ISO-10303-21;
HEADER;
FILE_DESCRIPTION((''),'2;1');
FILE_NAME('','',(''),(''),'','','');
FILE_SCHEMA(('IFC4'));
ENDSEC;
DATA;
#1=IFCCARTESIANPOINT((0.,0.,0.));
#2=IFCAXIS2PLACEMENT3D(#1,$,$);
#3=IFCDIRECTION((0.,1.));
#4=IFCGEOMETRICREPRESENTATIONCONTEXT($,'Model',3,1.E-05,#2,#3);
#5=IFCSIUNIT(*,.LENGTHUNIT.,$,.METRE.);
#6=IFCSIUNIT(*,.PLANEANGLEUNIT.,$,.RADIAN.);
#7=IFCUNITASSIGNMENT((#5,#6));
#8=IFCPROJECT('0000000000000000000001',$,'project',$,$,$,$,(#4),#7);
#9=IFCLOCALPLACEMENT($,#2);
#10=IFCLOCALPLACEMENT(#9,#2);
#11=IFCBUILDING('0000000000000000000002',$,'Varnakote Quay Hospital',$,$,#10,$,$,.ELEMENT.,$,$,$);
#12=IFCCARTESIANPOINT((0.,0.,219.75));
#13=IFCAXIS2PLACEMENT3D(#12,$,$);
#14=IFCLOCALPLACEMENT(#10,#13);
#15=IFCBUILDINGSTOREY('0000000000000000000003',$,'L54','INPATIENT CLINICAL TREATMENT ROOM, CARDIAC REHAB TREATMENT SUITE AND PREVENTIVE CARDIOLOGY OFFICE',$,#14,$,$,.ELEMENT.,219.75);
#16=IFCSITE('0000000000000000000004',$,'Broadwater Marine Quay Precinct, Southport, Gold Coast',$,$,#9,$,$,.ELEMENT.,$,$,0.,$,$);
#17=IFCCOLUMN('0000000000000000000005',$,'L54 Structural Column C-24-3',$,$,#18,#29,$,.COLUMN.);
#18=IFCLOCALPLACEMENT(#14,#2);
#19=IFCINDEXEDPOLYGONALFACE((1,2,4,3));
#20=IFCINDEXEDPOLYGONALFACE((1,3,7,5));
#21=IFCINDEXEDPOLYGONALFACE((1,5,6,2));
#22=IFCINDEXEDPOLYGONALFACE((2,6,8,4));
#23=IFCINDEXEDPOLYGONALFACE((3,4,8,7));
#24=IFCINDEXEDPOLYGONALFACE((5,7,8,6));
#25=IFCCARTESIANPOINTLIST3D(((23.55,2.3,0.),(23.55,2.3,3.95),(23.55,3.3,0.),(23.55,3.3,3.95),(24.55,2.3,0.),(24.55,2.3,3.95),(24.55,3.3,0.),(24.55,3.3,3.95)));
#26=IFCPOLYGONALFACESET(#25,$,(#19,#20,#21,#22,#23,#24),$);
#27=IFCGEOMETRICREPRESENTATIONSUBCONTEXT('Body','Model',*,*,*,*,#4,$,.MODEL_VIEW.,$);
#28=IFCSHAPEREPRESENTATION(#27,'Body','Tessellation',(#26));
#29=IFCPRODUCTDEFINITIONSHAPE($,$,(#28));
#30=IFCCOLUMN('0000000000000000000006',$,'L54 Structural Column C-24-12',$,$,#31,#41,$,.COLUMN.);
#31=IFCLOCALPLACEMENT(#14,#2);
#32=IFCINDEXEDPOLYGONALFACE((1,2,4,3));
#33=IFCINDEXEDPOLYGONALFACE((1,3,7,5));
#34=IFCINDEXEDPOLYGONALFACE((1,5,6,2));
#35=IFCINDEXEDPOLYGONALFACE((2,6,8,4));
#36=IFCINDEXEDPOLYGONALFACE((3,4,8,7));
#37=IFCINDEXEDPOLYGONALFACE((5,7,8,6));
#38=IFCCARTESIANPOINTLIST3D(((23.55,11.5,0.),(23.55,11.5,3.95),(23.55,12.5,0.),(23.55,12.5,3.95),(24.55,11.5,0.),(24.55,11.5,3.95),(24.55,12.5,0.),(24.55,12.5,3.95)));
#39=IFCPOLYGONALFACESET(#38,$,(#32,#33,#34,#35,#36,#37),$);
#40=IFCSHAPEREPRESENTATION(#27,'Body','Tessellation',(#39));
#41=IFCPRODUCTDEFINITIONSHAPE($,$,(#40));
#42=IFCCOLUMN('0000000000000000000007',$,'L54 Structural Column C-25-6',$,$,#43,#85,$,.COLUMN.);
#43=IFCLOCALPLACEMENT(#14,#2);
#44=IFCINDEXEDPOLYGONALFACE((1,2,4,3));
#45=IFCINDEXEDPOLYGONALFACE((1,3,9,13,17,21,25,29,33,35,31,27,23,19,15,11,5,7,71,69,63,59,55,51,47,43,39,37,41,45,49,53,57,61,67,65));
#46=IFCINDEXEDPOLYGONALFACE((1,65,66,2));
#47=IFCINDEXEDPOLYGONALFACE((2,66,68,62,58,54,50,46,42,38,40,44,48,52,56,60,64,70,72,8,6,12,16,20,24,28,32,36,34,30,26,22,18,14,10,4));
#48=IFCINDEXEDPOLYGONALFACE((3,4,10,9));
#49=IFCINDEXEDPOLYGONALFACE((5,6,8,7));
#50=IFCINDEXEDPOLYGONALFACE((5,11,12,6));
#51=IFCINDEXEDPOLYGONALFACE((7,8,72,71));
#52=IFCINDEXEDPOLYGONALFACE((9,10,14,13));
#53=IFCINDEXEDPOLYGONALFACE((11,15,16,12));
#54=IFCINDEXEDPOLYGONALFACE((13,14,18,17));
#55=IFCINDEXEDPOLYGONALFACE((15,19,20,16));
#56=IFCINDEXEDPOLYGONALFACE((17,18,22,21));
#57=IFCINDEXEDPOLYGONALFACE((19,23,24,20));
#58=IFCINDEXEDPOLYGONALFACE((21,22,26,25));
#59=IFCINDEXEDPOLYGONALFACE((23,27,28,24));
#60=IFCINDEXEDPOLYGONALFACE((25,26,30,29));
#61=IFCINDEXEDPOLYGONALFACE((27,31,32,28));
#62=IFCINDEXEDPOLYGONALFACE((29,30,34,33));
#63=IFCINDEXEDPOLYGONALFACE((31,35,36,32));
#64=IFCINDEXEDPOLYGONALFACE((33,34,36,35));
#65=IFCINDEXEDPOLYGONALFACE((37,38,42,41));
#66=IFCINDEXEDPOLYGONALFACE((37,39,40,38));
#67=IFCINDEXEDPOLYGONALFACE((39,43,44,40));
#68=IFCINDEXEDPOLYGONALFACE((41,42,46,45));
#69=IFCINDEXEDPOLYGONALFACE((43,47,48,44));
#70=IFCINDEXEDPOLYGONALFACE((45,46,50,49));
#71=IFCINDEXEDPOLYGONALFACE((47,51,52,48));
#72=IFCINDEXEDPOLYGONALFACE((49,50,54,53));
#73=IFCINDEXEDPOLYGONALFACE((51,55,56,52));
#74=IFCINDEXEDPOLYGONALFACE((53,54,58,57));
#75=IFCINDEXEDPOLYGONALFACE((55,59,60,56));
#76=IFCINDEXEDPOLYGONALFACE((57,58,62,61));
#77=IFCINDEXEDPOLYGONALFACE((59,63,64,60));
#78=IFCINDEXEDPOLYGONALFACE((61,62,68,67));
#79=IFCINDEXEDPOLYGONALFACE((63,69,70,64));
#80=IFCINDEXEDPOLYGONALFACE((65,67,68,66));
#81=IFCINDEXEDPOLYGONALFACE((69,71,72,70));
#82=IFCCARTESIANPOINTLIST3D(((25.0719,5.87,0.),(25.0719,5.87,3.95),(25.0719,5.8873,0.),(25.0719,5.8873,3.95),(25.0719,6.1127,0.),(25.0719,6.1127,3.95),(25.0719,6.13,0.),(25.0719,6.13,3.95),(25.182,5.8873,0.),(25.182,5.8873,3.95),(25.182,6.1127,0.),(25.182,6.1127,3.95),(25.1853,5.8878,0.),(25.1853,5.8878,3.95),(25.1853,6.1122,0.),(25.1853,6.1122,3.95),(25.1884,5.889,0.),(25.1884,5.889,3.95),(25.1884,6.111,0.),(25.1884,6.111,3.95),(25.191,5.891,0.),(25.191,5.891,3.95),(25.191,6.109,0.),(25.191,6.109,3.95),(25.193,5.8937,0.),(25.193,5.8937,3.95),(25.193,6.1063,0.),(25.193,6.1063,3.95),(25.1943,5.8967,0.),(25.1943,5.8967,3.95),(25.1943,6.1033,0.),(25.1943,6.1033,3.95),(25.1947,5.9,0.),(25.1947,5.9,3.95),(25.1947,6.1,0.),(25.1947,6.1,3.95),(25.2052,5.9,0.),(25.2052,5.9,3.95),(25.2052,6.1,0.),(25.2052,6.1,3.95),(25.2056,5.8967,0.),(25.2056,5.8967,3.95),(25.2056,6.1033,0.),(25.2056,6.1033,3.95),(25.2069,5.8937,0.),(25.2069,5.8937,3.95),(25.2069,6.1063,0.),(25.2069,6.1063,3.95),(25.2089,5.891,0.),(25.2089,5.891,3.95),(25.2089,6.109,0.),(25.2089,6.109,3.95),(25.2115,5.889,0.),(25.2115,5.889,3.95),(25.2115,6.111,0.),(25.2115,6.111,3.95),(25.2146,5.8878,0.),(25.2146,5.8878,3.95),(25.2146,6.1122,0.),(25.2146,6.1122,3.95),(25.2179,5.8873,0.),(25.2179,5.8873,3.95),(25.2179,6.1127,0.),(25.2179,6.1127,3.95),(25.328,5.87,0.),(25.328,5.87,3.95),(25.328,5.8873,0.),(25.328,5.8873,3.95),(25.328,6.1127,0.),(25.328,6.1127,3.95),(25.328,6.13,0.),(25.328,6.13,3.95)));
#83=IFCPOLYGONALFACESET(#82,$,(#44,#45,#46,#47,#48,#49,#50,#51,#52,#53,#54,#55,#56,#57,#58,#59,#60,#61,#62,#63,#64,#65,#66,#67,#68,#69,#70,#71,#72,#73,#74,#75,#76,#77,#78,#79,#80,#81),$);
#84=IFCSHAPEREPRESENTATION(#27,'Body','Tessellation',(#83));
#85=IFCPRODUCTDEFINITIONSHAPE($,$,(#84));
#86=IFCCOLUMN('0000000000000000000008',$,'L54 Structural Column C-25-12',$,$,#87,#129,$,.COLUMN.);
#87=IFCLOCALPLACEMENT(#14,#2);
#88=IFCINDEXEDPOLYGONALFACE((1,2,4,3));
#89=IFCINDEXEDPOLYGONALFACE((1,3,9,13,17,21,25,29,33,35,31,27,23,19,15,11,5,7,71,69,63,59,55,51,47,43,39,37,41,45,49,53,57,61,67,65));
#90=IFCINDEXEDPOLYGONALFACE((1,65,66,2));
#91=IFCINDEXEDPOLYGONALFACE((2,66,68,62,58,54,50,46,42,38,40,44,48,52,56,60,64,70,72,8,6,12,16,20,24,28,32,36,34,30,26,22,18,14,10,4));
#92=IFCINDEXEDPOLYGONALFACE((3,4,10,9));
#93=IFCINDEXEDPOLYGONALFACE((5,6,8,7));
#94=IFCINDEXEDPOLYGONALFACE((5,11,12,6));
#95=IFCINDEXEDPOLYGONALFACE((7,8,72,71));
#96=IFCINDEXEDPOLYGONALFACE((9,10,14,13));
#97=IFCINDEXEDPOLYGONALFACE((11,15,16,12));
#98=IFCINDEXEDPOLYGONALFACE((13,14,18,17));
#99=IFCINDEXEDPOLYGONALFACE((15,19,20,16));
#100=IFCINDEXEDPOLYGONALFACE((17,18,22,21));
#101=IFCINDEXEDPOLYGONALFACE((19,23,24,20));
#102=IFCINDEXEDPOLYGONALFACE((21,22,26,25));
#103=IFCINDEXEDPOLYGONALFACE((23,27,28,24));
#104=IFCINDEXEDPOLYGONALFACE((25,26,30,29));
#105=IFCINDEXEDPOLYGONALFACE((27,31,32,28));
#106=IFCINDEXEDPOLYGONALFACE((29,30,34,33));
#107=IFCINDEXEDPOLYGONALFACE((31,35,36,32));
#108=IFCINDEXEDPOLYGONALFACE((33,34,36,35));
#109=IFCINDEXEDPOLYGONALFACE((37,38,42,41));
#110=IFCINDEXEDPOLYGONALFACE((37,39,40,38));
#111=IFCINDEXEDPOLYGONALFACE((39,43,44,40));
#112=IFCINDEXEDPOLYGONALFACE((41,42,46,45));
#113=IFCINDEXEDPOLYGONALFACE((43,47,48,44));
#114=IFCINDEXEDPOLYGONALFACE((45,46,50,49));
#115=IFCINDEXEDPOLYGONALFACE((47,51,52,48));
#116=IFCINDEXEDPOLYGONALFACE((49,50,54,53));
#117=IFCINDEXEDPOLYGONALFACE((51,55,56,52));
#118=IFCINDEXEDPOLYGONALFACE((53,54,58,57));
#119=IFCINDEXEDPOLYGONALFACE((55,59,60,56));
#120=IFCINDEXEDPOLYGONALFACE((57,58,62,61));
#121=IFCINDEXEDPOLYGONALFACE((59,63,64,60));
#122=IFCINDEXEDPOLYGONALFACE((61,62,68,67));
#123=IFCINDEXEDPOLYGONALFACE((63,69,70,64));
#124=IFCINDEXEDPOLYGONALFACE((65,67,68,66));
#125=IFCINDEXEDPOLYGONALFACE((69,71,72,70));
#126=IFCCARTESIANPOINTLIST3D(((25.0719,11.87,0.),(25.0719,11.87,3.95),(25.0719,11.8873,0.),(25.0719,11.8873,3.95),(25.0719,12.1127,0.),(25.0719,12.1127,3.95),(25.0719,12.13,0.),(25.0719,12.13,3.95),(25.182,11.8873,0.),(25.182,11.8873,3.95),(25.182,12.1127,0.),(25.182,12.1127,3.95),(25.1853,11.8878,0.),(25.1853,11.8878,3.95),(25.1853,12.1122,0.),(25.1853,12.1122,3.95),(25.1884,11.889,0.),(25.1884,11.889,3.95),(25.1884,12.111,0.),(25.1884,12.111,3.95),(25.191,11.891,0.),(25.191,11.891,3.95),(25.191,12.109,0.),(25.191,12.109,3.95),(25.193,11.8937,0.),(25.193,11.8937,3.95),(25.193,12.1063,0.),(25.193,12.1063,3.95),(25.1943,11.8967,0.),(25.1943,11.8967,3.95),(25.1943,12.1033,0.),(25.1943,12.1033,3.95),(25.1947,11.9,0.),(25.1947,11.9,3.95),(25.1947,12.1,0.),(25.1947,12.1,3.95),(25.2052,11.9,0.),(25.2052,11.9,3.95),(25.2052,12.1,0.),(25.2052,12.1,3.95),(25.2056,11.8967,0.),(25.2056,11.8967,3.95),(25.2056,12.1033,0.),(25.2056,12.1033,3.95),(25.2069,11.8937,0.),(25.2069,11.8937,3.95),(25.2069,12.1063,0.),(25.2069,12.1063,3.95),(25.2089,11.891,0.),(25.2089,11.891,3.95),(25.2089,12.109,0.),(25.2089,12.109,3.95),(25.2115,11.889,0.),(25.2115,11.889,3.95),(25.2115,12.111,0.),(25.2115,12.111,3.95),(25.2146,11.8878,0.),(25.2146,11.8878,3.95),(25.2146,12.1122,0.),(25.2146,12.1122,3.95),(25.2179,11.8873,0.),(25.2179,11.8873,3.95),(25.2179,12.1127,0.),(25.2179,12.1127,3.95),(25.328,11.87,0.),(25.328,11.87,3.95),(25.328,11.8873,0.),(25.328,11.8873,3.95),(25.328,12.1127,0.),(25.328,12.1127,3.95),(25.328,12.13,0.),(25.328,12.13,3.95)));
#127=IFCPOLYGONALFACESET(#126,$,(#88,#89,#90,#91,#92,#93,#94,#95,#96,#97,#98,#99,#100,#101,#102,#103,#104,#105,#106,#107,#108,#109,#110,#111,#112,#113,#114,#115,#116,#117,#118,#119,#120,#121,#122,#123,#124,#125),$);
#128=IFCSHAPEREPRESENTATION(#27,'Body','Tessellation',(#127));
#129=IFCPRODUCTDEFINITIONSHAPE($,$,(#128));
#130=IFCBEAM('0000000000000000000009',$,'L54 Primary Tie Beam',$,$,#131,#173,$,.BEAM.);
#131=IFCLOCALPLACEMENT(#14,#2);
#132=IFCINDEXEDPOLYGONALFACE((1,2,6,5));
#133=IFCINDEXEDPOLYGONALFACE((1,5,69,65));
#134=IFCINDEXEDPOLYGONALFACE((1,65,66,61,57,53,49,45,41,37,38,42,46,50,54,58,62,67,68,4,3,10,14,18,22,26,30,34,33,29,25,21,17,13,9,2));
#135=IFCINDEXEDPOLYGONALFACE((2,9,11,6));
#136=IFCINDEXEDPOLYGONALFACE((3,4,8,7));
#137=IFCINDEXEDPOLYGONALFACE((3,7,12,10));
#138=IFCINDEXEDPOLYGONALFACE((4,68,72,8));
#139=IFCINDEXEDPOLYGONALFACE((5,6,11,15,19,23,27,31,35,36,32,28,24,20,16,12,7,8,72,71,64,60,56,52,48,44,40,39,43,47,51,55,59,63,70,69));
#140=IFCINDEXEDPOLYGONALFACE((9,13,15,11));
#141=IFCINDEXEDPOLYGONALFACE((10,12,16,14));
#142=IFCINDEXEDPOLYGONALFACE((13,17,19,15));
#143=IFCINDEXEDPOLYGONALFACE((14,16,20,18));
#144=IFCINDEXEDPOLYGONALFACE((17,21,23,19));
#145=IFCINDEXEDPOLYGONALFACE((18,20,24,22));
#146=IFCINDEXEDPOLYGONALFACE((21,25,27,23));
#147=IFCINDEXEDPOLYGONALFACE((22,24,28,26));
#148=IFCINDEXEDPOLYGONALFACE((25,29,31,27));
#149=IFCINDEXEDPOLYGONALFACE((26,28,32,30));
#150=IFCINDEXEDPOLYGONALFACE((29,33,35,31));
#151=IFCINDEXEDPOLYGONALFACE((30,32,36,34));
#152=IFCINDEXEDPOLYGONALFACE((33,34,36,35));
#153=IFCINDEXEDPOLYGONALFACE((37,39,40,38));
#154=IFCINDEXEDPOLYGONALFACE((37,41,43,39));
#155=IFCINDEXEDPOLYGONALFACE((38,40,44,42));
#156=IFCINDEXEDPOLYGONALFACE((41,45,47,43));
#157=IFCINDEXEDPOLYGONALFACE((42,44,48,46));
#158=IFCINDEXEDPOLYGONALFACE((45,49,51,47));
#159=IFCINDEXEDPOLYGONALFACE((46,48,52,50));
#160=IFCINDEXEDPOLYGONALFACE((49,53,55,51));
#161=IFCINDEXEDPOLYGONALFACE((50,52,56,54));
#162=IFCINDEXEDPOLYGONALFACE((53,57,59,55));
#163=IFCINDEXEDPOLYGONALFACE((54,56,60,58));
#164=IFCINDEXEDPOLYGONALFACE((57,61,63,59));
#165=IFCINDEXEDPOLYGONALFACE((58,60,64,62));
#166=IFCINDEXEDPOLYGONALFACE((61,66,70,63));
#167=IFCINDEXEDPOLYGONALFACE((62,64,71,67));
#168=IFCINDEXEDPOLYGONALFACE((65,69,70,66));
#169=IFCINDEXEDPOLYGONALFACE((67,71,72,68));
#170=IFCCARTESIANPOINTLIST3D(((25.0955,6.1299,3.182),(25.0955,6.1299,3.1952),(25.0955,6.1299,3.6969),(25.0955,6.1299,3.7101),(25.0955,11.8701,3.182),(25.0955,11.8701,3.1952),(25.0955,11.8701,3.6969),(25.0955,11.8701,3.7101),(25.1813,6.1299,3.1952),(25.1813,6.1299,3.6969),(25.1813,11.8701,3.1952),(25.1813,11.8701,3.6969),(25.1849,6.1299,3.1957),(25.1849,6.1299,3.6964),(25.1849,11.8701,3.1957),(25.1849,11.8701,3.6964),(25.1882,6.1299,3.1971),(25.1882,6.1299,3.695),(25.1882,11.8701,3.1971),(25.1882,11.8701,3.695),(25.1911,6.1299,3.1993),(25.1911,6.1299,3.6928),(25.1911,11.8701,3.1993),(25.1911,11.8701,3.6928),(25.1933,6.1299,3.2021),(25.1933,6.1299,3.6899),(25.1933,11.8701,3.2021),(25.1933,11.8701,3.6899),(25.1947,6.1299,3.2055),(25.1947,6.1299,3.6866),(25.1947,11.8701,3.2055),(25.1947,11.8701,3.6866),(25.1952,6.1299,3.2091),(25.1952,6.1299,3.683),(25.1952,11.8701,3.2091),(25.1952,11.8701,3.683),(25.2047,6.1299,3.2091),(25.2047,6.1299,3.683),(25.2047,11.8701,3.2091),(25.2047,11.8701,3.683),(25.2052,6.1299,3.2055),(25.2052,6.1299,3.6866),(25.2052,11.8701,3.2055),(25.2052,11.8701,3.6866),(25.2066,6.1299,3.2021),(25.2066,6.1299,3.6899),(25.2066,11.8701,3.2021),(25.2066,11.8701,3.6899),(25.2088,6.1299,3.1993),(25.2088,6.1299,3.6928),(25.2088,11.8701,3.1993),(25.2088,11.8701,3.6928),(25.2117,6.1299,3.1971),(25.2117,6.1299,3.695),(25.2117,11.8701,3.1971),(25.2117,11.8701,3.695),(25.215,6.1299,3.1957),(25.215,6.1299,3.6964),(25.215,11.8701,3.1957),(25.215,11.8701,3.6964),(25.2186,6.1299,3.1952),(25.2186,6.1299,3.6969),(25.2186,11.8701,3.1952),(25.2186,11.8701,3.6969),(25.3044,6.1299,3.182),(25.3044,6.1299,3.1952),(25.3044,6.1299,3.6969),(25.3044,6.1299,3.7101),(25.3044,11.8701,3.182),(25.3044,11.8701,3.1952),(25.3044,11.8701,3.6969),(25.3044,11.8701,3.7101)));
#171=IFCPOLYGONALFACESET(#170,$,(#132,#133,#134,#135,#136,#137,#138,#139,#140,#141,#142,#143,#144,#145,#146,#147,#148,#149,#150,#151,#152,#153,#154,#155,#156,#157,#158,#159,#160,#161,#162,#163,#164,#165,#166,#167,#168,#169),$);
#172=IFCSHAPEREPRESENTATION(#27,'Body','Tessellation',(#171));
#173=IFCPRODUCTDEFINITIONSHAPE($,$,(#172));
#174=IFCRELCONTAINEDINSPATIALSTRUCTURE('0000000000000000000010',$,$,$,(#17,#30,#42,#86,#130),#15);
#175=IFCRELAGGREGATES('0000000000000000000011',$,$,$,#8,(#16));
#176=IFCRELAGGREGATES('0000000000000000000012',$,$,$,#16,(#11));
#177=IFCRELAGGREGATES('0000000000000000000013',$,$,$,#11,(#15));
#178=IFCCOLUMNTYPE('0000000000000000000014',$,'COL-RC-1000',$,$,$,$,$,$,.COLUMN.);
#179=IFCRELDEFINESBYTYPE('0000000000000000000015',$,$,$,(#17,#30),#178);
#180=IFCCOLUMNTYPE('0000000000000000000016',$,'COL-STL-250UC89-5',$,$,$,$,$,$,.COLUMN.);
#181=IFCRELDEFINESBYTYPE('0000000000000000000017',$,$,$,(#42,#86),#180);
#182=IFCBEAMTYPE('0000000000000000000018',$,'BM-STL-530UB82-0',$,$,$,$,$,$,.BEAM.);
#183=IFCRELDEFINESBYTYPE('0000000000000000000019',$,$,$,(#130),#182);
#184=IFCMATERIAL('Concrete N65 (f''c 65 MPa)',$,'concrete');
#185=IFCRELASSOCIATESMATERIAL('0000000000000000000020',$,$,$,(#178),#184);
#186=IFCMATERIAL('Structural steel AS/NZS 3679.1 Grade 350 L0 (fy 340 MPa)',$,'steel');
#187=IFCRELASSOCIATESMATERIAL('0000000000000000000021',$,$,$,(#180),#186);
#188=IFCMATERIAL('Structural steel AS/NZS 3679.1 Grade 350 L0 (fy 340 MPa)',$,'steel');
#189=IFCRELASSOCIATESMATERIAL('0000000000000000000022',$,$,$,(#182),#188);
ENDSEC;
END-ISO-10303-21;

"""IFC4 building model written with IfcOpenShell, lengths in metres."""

from ifc_helpers import new_model, si_unit, direction, frame, origin, origin_2d, place, context, subcontext, project, spatial, rectangle, i_section, extrude, material, material_profile, profile_set, type_object, element, save


model = new_model("IFC4")

# Units and contexts
model_context = context("Model", 3, precision=1e-05, world=origin(), true_north=direction((0.0, 1.0)))
body_context = subcontext(model_context, "Body", "Model", "MODEL_VIEW")
ifc_project = project(units=[si_unit("LENGTHUNIT", "METRE"), si_unit("PLANEANGLEUNIT", "RADIAN")], contexts=[model_context])

# Site, building, storey
site_placement = place(None, origin())
site = spatial("IfcSite", under=ifc_project, at=site_placement, Name="Broadwater Marine Quay Precinct, Southport, Gold Coast", CompositionType="ELEMENT", RefElevation=0.0)
building_placement = place(site_placement, origin())
building = spatial("IfcBuilding", under=site, at=building_placement, Name="Varnakote Quay Hospital", CompositionType="ELEMENT")
storey_placement = place(building_placement, frame((0.0, 0.0, 219.75)))
storey = spatial("IfcBuildingStorey", under=building, at=storey_placement, Name="L54", Description="INPATIENT CLINICAL TREATMENT ROOM, CARDIAC REHAB TREATMENT SUITE AND PREVENTIVE CARDIOLOGY OFFICE", CompositionType="ELEMENT", Elevation=219.75)

# Columns
ifc_material_1 = material(Name="Concrete N65 (f'c 65 MPa)", Category="concrete")
ifc_material_profile_1 = material_profile(ifc_material_1, rectangle(XDim=1.0, YDim=1.0, at=origin_2d()), Name="RC-COL-1000x1000")
ifc_profile_set_1 = profile_set([ifc_material_profile_1], Name="Concrete N65 (f'c 65 MPa)")
column_type_1 = type_object("IfcColumnType", Name="COL-RC-1000", PredefinedType="COLUMN", material=ifc_profile_set_1)
for number, where, z_axis, x_axis, name in (
    (1, (24.05, 2.8, 0.0), (0.0, 0.0, 1.0), (1.0, 0.0, 0.0), "L54 Structural Column C-24-3"),
    (2, (24.05, 12.0, 0.0), (0.0, 0.0, 1.0), (1.0, 0.0, 0.0), "L54 Structural Column C-24-12"),
):
    element("IfcColumn", number, at=place(storey_placement, frame(where, z_axis=z_axis, x_axis=x_axis)), inside=storey, type_object=column_type_1, Name=name, PredefinedType="COLUMN", context=body_context, shape_type="SweptSolid", body=[
        extrude(rectangle(XDim=1.0, YDim=1.0, at=origin_2d()), origin(), (0.0, 0.0, 1.0), 3.95),
    ])
ifc_material_2 = material(Name="Structural steel AS/NZS 3679.1 Grade 350 L0 (fy 340 MPa)", Category="steel")
ifc_material_profile_2 = material_profile(ifc_material_2, i_section(OverallWidth=0.2561, OverallDepth=0.26, WebThickness=0.0105, FlangeThickness=0.0173, FilletRadius=0.0127, at=origin_2d()), Name="250UC89.5")
ifc_profile_set_2 = profile_set([ifc_material_profile_2], Name="Structural steel AS/NZS 3679.1 Grade 350 L0 (fy 340 MPa)")
column_type_2 = type_object("IfcColumnType", Name="COL-STL-250UC89-5", PredefinedType="COLUMN", material=ifc_profile_set_2)
for number, where, z_axis, x_axis, name in (
    (3, (25.2, 6.0, 0.0), (0.0, 0.0, 1.0), (1.0, 0.0, 0.0), "L54 Structural Column C-25-6"),
    (4, (25.2, 12.0, 0.0), (0.0, 0.0, 1.0), (1.0, 0.0, 0.0), "L54 Structural Column C-25-12"),
):
    element("IfcColumn", number, at=place(storey_placement, frame(where, z_axis=z_axis, x_axis=x_axis)), inside=storey, type_object=column_type_2, Name=name, PredefinedType="COLUMN", context=body_context, shape_type="SweptSolid", body=[
        extrude(i_section(OverallWidth=0.2561, OverallDepth=0.26, WebThickness=0.0105, FlangeThickness=0.0173, FilletRadius=0.0127, at=origin_2d()), origin(), (0.0, 0.0, 1.0), 3.95),
    ])

# Beam
ifc_material_3 = material(Name="Structural steel AS/NZS 3679.1 Grade 350 L0 (fy 340 MPa)", Category="steel")
ifc_material_profile_3 = material_profile(ifc_material_3, i_section(OverallWidth=0.209, OverallDepth=0.5281, WebThickness=0.0095, FlangeThickness=0.0132, FilletRadius=0.0139, at=origin_2d()), Name="530UB82.0")
ifc_profile_set_3 = profile_set([ifc_material_profile_3], Name="Structural steel AS/NZS 3679.1 Grade 350 L0 (fy 340 MPa)")
beam_type_1 = type_object("IfcBeamType", Name="BM-STL-530UB82-0", PredefinedType="BEAM", material=ifc_profile_set_3)
beam_1_placement = place(storey_placement, frame((25.2, 6.1299, 3.446), z_axis=(0.0, 1.0, 0.0), x_axis=(-1.0, 0.0, 0.0)))
element("IfcBeam", 5, at=beam_1_placement, inside=storey, type_object=beam_type_1, Name="L54 Primary Tie Beam", PredefinedType="BEAM", context=body_context, shape_type="SweptSolid", body=[
    extrude(i_section(OverallWidth=0.209, OverallDepth=0.5281, WebThickness=0.0095, FlangeThickness=0.0132, FilletRadius=0.0139, at=origin_2d()), origin(), (0.0, 0.0, 1.0), 5.7402),
])

save(model, "model.ifc")
